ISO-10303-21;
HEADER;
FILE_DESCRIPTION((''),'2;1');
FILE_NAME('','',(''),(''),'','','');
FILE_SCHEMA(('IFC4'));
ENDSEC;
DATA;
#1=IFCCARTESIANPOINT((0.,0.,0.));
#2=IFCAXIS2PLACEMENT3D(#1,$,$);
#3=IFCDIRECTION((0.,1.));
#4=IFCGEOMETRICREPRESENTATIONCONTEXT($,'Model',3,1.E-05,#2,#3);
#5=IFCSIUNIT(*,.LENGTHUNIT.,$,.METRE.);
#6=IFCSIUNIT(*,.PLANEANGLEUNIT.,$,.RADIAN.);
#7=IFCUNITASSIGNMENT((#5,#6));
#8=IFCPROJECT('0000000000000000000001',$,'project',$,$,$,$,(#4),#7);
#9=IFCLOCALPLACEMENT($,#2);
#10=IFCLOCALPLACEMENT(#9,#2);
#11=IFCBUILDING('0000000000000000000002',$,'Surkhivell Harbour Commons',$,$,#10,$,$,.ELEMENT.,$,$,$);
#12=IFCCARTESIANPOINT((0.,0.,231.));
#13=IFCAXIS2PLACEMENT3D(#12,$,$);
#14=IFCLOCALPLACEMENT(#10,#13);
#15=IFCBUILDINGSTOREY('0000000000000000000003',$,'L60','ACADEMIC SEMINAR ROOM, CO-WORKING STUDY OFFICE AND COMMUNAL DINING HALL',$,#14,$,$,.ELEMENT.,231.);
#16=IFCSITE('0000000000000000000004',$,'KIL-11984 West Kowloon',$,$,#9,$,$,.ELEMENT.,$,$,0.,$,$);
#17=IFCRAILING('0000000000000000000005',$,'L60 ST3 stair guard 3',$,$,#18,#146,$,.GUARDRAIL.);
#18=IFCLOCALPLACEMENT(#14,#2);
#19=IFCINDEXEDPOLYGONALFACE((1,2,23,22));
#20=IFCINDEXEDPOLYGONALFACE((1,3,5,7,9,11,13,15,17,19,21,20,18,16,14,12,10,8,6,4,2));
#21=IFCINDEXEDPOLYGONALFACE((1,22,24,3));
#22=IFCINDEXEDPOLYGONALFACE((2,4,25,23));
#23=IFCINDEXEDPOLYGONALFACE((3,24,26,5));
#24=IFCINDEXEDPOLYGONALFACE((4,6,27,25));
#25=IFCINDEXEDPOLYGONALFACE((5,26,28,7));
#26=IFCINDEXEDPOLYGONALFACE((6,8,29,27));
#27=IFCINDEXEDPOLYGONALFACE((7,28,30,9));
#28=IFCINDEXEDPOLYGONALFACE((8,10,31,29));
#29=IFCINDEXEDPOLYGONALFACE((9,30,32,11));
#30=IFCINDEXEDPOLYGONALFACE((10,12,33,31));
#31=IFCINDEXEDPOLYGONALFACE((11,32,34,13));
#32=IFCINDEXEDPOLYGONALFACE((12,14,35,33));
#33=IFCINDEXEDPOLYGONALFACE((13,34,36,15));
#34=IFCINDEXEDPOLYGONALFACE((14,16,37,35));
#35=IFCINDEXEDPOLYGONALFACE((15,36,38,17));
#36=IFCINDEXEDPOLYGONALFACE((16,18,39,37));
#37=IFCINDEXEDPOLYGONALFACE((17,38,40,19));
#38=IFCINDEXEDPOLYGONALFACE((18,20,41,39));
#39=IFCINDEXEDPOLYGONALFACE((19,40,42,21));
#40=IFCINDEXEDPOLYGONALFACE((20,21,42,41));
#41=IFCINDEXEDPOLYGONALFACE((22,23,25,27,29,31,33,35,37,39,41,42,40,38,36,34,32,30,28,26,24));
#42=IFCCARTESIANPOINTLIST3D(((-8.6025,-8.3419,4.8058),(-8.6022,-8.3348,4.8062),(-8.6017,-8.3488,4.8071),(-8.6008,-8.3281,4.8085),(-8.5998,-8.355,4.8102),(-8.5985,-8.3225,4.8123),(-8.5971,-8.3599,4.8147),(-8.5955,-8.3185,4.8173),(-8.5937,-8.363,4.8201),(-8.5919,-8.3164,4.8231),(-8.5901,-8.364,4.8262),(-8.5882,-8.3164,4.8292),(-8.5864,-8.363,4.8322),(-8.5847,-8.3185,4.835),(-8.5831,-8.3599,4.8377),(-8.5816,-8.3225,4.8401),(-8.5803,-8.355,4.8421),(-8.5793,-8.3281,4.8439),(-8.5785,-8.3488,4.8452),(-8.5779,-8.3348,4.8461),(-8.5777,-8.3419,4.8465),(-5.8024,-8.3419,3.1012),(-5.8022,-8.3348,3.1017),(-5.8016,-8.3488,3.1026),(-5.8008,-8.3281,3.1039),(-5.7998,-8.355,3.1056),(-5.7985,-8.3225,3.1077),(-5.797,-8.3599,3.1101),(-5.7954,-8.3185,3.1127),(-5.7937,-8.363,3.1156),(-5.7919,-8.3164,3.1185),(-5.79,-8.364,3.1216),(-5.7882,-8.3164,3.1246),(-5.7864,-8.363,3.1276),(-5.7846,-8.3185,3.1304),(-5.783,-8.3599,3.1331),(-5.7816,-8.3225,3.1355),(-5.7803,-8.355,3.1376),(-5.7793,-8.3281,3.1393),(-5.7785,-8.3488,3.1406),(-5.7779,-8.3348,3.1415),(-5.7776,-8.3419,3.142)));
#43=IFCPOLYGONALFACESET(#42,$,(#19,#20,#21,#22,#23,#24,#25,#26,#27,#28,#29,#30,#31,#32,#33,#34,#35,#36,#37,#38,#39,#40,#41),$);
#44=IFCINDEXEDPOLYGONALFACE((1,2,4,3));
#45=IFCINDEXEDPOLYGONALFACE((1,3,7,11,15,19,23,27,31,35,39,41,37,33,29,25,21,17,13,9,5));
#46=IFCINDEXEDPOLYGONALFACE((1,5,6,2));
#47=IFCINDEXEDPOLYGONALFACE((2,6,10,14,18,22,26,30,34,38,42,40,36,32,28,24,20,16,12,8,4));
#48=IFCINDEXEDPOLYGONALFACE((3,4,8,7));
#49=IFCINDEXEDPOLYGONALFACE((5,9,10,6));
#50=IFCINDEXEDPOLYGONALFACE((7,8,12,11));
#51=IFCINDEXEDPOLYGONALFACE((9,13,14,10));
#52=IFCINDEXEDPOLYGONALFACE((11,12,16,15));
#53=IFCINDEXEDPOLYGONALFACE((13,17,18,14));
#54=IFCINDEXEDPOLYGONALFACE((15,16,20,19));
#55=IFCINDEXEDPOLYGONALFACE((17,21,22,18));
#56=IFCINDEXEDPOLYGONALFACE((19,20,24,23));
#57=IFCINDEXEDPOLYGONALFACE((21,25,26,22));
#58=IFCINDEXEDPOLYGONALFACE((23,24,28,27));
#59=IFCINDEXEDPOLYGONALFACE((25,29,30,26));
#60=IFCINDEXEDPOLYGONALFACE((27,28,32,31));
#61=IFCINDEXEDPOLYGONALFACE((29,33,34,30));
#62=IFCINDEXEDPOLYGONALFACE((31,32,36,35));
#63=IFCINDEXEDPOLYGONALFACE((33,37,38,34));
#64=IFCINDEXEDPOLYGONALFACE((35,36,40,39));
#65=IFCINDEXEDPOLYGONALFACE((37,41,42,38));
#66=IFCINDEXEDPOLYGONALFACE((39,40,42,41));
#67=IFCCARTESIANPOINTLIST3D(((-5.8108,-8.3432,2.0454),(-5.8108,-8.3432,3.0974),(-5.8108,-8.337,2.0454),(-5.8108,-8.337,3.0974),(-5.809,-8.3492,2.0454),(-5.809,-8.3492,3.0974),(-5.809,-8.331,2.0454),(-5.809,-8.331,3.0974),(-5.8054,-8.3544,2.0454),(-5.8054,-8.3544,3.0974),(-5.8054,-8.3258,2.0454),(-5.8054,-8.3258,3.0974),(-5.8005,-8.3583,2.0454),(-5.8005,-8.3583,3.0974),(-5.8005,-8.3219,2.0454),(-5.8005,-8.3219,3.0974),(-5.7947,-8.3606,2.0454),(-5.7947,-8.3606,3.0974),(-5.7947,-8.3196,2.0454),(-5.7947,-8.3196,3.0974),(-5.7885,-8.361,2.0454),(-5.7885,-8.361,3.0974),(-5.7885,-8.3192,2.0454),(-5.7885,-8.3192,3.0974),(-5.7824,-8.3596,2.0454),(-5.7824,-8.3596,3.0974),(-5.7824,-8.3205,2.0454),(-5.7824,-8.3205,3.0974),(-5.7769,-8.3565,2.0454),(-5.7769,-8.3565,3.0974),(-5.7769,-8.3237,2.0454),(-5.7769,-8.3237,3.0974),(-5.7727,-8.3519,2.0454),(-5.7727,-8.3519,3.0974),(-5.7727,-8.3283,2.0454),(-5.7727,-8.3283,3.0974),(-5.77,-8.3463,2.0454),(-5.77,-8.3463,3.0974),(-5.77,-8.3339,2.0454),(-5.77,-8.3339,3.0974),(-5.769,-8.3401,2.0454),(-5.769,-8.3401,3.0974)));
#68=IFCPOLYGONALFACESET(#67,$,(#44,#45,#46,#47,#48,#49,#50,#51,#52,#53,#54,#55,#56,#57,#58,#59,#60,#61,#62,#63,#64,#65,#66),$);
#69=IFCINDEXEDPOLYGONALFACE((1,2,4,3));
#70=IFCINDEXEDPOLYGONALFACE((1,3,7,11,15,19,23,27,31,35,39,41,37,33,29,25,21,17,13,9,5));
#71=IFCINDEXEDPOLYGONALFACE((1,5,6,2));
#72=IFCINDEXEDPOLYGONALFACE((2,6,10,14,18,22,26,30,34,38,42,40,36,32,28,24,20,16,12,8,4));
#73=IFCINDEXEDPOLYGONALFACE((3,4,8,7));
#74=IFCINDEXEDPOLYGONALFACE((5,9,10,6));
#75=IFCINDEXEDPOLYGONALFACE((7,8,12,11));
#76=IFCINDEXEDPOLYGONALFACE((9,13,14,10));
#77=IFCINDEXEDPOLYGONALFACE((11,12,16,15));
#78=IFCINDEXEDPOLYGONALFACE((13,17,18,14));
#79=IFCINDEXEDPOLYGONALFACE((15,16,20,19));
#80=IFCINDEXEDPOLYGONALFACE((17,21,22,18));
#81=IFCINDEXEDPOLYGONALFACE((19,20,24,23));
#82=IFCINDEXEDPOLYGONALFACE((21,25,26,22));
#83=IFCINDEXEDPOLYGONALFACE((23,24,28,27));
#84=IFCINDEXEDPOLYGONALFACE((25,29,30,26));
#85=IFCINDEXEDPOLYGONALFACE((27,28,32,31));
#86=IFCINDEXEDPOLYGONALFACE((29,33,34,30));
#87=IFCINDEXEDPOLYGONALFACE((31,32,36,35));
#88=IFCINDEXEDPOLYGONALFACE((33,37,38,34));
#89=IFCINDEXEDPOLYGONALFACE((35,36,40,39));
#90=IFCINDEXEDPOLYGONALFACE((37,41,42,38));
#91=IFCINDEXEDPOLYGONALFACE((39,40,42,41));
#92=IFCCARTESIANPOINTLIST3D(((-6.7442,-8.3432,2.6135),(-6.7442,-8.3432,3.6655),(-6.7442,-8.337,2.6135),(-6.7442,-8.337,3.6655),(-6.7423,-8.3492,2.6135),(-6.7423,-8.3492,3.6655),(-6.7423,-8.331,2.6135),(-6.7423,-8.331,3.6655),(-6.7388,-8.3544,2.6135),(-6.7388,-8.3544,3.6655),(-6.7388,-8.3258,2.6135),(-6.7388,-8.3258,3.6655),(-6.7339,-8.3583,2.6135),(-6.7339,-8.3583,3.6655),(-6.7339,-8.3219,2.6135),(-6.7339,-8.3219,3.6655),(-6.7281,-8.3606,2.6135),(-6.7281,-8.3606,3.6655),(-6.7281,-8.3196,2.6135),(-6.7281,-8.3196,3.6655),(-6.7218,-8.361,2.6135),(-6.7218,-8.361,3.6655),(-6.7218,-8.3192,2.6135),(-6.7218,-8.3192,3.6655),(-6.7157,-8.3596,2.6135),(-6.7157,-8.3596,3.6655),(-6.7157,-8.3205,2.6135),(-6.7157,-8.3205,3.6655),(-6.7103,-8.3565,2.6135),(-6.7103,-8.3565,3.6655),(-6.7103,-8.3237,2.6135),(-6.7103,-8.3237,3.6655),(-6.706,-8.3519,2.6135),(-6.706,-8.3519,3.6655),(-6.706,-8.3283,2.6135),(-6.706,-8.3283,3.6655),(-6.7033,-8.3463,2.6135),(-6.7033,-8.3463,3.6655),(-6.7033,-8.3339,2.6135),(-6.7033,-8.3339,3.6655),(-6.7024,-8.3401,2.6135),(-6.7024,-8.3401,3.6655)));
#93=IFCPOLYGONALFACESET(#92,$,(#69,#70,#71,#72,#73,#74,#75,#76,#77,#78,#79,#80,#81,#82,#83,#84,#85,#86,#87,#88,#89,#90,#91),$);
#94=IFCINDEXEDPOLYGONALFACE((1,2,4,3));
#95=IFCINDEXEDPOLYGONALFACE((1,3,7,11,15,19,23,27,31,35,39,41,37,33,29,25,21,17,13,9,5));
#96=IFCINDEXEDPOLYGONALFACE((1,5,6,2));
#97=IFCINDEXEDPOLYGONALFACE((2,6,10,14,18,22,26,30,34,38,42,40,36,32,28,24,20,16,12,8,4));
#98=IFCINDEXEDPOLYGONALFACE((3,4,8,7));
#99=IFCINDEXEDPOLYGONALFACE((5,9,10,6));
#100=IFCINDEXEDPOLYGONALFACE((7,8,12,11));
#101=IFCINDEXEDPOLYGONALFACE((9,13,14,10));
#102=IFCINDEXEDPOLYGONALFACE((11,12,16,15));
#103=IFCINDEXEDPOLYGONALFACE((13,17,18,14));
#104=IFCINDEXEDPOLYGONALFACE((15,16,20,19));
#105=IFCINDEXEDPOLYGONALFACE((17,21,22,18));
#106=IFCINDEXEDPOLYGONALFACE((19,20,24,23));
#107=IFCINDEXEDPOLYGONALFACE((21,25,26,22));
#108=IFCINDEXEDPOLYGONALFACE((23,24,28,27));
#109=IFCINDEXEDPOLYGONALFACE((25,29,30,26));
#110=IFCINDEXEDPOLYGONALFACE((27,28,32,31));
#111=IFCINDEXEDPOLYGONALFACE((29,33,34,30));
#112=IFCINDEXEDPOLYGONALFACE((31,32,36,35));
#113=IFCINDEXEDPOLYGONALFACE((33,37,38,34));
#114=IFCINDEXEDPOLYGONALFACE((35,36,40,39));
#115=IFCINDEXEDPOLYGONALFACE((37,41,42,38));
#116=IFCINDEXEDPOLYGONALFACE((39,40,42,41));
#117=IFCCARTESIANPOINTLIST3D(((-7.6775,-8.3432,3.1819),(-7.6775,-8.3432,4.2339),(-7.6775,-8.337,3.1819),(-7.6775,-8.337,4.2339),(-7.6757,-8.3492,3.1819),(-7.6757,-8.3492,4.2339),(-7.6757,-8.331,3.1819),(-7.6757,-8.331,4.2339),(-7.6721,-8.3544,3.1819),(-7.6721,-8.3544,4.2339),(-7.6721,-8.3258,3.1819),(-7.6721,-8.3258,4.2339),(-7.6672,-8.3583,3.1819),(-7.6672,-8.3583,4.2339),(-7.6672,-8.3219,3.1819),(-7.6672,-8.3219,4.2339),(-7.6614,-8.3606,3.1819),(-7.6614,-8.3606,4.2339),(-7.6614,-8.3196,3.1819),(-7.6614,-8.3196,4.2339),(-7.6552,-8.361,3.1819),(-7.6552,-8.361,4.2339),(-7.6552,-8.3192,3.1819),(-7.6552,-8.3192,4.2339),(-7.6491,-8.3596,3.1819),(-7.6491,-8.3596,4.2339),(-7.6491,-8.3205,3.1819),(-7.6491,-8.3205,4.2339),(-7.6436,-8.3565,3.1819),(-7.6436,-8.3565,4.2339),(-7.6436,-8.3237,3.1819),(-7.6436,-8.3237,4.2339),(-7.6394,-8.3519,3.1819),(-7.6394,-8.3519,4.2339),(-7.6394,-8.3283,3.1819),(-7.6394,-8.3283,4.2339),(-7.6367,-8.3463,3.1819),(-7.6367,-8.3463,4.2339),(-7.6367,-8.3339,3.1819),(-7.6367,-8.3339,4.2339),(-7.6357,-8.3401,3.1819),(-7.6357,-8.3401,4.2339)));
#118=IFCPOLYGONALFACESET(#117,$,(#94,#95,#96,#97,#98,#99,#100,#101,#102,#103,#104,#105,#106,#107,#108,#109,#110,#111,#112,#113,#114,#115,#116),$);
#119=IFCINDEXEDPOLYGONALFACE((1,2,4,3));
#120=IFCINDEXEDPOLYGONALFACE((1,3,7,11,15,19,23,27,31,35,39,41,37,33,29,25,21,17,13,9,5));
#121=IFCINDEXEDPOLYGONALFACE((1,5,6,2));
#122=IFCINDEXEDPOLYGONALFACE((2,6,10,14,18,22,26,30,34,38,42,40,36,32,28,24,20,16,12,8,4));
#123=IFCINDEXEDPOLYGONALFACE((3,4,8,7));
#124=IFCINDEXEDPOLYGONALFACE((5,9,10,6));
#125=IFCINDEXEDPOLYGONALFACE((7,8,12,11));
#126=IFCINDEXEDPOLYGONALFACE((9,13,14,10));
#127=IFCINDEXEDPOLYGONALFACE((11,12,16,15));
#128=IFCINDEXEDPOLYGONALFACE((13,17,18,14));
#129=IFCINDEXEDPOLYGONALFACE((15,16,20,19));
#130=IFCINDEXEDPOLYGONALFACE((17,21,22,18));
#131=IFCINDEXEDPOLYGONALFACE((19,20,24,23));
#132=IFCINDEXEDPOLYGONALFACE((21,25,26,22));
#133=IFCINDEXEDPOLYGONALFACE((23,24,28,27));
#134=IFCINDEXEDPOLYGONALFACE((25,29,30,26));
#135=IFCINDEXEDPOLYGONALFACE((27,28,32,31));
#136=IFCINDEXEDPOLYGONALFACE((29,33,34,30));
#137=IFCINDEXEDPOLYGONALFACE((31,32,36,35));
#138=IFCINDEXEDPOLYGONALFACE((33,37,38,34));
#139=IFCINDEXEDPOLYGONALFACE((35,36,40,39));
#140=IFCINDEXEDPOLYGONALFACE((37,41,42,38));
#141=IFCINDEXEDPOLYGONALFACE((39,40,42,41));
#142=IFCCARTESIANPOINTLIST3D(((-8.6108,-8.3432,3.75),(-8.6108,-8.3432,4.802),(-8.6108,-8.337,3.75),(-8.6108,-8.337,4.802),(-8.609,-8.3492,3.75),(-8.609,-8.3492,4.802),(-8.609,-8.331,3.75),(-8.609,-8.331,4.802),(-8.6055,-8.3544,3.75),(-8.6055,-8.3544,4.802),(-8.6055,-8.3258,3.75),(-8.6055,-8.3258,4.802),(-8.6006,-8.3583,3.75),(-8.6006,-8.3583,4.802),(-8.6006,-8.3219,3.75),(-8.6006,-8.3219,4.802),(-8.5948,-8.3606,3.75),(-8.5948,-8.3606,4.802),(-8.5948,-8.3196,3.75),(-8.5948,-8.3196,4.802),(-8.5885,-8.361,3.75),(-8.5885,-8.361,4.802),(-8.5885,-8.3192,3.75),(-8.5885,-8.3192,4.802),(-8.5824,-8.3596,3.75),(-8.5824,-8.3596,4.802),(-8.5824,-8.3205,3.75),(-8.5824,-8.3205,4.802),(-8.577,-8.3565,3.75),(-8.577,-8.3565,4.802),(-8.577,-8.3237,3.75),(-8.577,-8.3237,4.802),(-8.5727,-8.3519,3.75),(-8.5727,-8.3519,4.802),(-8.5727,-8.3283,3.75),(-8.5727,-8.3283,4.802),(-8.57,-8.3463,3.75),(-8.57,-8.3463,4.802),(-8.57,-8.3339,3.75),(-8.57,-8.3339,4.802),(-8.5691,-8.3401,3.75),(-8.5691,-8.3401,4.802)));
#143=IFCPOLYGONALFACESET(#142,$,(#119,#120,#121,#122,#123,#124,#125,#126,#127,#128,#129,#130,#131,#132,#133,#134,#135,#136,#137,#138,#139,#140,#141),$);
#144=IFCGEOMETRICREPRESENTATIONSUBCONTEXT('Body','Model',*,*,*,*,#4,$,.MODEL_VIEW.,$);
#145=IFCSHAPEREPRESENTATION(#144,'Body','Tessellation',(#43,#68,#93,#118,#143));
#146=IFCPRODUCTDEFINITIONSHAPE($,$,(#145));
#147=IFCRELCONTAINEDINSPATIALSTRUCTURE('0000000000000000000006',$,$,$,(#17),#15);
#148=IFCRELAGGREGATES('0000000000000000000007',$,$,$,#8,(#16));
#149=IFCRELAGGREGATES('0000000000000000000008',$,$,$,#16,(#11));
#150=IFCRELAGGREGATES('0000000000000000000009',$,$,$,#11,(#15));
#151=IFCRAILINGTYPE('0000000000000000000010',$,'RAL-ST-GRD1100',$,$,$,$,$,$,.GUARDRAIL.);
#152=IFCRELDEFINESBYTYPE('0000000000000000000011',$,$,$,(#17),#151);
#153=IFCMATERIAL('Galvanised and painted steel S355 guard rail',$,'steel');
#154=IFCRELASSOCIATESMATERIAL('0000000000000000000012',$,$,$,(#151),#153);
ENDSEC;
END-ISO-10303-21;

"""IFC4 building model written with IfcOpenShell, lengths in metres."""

from ifc_helpers import new_model, si_unit, direction, frame, origin, origin_2d, place, context, subcontext, project, spatial, circle, extrude, material, type_object, element, save


model = new_model("IFC4")

# Units and contexts
model_context = context("Model", 3, precision=1e-05, world=origin(), true_north=direction((0.0, 1.0)))
body_context = subcontext(model_context, "Body", "Model", "MODEL_VIEW")
ifc_project = project(units=[si_unit("LENGTHUNIT", "METRE"), si_unit("PLANEANGLEUNIT", "RADIAN")], contexts=[model_context])

# Site, building, storey
site_placement = place(None, origin())
site = spatial("IfcSite", under=ifc_project, at=site_placement, Name="KIL-11984 West Kowloon", CompositionType="ELEMENT", RefElevation=0.0)
building_placement = place(site_placement, origin())
building = spatial("IfcBuilding", under=site, at=building_placement, Name="Surkhivell Harbour Commons", CompositionType="ELEMENT")
storey_placement = place(building_placement, frame((0.0, 0.0, 231.0)))
storey = spatial("IfcBuildingStorey", under=building, at=storey_placement, Name="L60", Description="ACADEMIC SEMINAR ROOM, CO-WORKING STUDY OFFICE AND COMMUNAL DINING HALL", CompositionType="ELEMENT", Elevation=231.0)

# Railing
ifc_material_1 = material(Name="Galvanised and painted steel S355 guard rail", Category="steel")
railing_type_1 = type_object("IfcRailingType", Name="RAL-ST-GRD1100", PredefinedType="GUARDRAIL", material=ifc_material_1)
railing_1_placement = place(storey_placement, frame((-5.79, -8.3401, 2.0454)))
element("IfcRailing", 1, at=railing_1_placement, inside=storey, type_object=railing_type_1, Name="L60 ST3 stair guard 3", PredefinedType="GUARDRAIL", context=body_context, shape_type="SweptSolid", body=[
    extrude(circle(Radius=0.0239, at=origin_2d()), frame((0.0, 0.0, 1.0762), z_axis=(-0.85417, 0.0, 0.519994), x_axis=(0.0, -1.0, 0.0)), (0.0, 0.0, 1.0), 3.2781),
    extrude(circle(Radius=0.021, at=origin_2d()), origin(), (0.0, 0.0, 1.0), 1.052),
    extrude(circle(Radius=0.021, at=origin_2d()), frame((-0.9333, 0.0, 0.5681)), (0.0, 0.0, 1.0), 1.052),
    extrude(circle(Radius=0.021, at=origin_2d()), frame((-1.8667, 0.0, 1.1365)), (0.0, 0.0, 1.0), 1.052),
    extrude(circle(Radius=0.021, at=origin_2d()), frame((-2.8, 0.0, 1.7046)), (0.0, 0.0, 1.0), 1.052),
])

save(model, "model.ifc")
